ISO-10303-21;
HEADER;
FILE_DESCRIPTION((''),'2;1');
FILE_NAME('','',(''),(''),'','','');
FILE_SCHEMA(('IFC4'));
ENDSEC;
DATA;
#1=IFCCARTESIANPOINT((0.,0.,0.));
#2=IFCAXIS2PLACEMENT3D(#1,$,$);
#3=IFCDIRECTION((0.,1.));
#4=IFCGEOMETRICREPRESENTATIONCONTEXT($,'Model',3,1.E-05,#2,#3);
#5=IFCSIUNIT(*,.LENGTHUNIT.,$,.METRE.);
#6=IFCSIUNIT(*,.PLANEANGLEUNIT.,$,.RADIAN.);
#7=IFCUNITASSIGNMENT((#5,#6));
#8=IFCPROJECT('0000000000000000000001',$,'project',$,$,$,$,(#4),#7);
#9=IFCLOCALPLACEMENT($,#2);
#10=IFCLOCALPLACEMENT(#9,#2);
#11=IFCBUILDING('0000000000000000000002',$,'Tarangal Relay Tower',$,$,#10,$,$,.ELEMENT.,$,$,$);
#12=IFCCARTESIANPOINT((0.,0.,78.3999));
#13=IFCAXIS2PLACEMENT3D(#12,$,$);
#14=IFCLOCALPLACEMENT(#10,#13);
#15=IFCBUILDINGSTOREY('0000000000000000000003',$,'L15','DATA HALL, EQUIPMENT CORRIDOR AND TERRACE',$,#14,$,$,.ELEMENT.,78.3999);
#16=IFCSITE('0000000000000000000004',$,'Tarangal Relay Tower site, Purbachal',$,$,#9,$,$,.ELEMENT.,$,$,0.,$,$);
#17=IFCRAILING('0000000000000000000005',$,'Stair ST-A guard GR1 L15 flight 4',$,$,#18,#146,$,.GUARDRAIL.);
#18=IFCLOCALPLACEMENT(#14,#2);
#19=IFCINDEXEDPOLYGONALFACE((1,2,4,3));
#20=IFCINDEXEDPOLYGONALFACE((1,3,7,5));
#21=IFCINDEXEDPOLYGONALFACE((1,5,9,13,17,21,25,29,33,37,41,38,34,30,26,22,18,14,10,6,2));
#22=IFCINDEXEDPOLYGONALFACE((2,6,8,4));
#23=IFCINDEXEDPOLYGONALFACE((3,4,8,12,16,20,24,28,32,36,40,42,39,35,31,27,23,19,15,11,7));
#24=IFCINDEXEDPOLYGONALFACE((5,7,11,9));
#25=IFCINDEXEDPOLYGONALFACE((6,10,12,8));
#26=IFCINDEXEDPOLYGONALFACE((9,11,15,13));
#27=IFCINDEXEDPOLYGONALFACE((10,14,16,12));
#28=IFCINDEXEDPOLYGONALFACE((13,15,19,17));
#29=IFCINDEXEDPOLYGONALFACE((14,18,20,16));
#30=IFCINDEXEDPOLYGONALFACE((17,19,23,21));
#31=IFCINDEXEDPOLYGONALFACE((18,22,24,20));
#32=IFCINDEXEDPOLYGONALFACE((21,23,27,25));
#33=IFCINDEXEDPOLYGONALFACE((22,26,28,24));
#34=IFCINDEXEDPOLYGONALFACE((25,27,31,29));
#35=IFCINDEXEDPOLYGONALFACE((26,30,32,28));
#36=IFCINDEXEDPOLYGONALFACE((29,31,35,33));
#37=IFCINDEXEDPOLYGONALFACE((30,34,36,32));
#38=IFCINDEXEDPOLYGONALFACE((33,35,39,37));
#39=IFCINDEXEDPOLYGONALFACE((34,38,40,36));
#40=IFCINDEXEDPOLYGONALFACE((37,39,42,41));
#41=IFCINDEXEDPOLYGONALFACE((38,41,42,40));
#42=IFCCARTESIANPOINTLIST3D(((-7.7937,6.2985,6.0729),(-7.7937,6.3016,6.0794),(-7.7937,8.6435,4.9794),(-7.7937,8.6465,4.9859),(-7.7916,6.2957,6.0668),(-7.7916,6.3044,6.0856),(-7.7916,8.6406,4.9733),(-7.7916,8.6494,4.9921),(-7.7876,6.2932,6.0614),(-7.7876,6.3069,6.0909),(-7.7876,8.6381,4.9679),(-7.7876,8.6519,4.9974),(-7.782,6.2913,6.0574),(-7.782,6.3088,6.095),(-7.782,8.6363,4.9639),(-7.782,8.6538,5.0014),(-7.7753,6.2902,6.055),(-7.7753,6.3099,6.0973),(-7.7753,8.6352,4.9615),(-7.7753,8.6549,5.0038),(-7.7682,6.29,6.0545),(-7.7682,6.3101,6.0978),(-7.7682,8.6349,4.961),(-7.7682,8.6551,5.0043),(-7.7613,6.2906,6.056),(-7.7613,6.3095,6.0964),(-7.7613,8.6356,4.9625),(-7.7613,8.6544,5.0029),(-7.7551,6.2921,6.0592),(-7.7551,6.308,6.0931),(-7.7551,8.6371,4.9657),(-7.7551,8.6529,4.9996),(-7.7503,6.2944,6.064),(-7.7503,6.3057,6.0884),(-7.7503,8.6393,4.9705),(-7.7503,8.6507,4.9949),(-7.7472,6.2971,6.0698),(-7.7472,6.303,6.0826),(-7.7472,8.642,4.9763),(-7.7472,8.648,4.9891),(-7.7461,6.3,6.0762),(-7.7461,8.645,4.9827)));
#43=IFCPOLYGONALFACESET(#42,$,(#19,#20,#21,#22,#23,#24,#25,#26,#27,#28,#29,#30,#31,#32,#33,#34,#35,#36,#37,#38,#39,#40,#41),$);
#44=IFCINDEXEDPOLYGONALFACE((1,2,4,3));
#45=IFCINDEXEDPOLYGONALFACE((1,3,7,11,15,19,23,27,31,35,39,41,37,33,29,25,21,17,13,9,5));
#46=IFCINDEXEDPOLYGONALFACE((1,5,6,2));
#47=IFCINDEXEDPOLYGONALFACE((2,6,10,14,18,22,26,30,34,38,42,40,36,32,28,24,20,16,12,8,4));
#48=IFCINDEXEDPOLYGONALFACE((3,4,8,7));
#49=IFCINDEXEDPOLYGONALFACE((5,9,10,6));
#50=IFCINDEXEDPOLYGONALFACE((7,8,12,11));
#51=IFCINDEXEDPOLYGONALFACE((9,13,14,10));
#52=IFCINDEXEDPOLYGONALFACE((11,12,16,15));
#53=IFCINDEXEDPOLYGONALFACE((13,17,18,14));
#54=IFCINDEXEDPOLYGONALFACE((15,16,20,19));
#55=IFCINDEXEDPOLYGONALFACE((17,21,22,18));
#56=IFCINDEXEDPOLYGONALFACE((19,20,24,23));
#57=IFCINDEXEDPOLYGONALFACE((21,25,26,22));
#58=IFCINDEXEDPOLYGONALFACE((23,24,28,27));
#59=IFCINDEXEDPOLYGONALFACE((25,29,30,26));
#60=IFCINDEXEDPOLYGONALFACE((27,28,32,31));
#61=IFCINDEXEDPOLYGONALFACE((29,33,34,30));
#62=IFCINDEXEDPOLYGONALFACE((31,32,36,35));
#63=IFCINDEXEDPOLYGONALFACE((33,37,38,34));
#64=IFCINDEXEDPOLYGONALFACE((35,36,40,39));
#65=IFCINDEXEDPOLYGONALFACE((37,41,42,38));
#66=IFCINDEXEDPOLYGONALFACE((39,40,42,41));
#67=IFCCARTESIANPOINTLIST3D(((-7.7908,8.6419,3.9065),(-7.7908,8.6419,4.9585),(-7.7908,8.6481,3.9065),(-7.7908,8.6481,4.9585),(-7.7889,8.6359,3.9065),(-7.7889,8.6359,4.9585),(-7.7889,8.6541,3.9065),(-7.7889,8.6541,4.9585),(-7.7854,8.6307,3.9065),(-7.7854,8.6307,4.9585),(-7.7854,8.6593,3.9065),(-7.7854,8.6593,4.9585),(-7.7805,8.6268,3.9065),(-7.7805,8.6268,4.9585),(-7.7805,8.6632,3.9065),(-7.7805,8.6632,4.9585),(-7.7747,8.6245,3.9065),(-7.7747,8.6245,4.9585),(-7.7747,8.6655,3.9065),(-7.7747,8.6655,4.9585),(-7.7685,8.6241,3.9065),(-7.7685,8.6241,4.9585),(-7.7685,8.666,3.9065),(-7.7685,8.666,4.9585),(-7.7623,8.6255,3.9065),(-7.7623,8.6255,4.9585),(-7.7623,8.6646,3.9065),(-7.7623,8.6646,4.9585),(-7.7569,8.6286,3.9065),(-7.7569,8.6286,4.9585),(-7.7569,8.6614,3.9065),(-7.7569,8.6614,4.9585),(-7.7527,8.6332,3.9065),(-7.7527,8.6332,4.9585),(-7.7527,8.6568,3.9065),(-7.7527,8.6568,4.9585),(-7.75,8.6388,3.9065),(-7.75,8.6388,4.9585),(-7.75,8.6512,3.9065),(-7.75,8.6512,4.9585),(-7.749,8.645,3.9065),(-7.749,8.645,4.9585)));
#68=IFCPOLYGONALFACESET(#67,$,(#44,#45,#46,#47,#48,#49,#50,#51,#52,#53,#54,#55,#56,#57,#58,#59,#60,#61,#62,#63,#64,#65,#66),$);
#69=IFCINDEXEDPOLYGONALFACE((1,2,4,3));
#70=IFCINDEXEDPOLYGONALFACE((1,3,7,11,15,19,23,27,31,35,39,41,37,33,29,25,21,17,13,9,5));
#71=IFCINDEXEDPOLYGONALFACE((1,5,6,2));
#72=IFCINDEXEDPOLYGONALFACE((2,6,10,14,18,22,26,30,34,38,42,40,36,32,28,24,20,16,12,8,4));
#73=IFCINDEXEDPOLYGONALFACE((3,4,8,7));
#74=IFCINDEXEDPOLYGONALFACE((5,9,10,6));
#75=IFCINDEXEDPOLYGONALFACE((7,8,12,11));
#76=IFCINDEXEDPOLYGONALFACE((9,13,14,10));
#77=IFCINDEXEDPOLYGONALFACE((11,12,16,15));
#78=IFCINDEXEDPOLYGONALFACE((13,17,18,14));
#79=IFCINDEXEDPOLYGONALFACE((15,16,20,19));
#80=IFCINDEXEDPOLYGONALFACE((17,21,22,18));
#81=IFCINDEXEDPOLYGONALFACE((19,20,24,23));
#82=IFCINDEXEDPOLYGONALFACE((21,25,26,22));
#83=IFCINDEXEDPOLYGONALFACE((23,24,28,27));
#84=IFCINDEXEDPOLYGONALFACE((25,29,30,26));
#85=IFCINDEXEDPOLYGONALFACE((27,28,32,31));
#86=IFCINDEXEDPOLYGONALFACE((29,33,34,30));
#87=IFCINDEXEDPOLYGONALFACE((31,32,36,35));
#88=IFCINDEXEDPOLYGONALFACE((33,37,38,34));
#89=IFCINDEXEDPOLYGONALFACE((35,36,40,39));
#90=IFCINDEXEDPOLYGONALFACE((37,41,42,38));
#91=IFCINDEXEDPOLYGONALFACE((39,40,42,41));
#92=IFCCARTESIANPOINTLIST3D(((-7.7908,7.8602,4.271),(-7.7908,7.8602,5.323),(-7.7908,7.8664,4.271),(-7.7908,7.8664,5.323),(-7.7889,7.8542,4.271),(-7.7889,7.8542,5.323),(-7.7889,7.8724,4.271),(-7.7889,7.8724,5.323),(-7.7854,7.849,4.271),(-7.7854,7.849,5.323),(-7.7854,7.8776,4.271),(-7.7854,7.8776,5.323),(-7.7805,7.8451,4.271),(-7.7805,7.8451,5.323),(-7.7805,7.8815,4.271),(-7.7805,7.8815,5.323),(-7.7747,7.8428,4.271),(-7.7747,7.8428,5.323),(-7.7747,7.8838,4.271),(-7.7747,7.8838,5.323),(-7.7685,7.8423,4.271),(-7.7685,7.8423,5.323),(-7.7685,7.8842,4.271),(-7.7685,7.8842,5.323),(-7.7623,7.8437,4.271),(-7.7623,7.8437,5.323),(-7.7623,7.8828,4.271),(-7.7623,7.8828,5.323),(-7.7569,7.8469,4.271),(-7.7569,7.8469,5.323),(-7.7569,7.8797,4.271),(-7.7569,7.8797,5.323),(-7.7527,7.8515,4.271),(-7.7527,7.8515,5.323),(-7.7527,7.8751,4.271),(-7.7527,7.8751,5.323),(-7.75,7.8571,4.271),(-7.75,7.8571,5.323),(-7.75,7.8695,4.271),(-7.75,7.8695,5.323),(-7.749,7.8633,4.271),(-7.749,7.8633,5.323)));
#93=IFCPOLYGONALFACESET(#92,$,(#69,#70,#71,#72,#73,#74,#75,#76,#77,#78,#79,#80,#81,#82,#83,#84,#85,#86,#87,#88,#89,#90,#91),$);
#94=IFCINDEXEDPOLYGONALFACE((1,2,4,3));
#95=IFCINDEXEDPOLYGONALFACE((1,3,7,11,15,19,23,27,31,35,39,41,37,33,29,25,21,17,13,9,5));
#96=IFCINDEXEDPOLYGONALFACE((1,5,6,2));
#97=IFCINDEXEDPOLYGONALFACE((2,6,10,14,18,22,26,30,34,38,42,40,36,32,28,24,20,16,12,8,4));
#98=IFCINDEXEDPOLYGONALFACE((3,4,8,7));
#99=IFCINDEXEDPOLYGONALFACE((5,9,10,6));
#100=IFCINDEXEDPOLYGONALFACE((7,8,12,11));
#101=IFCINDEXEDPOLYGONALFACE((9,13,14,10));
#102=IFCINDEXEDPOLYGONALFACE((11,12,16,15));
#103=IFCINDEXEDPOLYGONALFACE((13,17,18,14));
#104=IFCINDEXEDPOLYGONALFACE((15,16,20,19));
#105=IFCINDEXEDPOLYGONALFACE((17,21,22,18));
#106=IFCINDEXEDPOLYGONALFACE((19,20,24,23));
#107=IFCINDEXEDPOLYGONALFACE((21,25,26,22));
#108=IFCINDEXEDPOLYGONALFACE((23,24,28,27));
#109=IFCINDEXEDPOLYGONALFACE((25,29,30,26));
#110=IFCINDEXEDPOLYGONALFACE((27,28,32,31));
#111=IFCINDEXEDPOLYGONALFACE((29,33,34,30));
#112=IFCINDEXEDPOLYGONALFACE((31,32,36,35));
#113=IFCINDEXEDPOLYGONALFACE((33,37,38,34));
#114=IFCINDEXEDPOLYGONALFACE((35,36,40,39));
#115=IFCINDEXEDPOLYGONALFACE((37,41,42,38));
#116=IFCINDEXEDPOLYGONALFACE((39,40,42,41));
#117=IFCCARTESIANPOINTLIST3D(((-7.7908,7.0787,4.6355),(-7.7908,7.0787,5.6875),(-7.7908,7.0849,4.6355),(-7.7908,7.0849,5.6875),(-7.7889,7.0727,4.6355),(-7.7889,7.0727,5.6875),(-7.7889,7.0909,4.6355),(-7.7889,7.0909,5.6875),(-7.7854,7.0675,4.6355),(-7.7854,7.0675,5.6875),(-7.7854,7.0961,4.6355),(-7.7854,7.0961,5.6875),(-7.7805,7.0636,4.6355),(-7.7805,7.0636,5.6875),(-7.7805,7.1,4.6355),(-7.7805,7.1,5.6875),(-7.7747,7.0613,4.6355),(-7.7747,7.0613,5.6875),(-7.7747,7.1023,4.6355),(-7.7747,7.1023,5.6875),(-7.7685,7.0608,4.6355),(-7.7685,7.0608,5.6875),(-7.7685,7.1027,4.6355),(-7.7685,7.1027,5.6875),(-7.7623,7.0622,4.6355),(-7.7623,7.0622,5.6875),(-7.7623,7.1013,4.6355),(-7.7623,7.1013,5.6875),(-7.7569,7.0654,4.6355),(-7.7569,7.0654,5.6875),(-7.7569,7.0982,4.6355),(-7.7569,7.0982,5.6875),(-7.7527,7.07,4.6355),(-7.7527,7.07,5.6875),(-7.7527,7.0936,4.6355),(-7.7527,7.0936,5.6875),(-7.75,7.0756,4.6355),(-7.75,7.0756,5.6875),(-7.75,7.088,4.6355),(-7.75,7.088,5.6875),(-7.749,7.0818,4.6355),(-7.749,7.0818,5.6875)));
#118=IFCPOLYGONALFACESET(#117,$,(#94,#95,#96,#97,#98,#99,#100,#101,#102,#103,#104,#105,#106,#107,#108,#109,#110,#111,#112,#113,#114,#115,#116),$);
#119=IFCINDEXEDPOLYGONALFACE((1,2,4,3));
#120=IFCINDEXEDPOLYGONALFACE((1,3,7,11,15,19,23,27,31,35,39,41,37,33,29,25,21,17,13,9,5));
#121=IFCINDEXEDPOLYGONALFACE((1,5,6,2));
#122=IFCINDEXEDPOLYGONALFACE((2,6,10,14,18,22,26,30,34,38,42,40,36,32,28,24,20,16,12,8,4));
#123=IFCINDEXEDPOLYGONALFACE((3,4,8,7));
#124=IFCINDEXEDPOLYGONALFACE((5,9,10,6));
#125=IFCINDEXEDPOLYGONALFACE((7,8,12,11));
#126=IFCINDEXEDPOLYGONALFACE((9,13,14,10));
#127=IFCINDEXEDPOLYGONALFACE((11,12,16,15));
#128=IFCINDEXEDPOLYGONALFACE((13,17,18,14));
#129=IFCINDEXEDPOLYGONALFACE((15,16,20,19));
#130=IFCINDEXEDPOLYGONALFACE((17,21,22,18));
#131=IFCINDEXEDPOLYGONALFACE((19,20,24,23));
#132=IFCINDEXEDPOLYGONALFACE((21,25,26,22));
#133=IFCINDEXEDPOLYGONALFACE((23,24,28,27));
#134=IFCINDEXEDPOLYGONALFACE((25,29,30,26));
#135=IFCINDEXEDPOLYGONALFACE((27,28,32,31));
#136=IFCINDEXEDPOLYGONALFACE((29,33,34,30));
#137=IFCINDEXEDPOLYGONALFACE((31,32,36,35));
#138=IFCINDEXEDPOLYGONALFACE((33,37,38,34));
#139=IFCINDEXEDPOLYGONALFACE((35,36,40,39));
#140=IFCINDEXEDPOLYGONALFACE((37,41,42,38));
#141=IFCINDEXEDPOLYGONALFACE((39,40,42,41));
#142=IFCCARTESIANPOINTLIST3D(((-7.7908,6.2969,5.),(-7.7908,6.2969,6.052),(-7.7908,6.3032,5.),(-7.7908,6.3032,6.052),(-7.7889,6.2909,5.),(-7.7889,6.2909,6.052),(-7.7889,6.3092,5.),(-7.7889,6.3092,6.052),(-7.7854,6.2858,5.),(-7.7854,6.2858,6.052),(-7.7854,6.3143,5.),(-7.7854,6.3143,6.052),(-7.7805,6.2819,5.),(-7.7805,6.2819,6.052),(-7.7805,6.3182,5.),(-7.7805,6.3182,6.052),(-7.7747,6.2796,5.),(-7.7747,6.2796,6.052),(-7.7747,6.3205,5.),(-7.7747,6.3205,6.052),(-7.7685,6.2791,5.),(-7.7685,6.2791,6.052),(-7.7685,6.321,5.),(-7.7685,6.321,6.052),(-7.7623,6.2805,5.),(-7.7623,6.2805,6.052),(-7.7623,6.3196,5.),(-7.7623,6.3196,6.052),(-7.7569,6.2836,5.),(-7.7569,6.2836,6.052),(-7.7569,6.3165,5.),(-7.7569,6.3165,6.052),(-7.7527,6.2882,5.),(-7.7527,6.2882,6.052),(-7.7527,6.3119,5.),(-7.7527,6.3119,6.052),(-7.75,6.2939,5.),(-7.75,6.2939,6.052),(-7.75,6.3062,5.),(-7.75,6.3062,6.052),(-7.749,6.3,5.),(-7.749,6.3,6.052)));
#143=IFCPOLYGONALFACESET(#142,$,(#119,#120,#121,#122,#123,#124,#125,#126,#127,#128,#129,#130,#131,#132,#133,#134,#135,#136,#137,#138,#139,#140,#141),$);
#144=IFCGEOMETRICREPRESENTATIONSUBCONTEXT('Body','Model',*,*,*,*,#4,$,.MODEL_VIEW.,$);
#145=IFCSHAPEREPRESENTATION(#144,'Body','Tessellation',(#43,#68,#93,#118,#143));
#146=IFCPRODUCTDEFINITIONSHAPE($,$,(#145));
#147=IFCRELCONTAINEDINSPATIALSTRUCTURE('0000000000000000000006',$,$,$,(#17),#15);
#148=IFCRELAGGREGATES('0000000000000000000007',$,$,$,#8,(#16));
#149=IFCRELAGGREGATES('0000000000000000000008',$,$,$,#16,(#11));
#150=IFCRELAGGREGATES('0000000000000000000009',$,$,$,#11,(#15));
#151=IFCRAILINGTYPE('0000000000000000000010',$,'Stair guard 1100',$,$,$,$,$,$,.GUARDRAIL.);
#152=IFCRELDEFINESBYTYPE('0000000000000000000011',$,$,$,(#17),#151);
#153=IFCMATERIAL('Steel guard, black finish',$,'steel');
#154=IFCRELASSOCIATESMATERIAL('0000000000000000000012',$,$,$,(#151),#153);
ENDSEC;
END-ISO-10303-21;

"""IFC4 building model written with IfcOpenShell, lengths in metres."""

from ifc_helpers import new_model, si_unit, direction, frame, origin, origin_2d, place, context, subcontext, project, spatial, circle, extrude, material, type_object, element, save


model = new_model("IFC4")

# Units and contexts
model_context = context("Model", 3, precision=1e-05, world=origin(), true_north=direction((0.0, 1.0)))
body_context = subcontext(model_context, "Body", "Model", "MODEL_VIEW")
ifc_project = project(units=[si_unit("LENGTHUNIT", "METRE"), si_unit("PLANEANGLEUNIT", "RADIAN")], contexts=[model_context])

# Site, building, storey
site_placement = place(None, origin())
site = spatial("IfcSite", under=ifc_project, at=site_placement, Name="Tarangal Relay Tower site, Purbachal", CompositionType="ELEMENT", RefElevation=0.0)
building_placement = place(site_placement, origin())
building = spatial("IfcBuilding", under=site, at=building_placement, Name="Tarangal Relay Tower", CompositionType="ELEMENT")
storey_placement = place(building_placement, frame((0.0, 0.0, 78.3999)))
storey = spatial("IfcBuildingStorey", under=building, at=storey_placement, Name="L15", Description="DATA HALL, EQUIPMENT CORRIDOR AND TERRACE", CompositionType="ELEMENT", Elevation=78.3999)

# Railing
ifc_material_1 = material(Name="Steel guard, black finish", Category="steel")
railing_type_1 = type_object("IfcRailingType", Name="Stair guard 1100", PredefinedType="GUARDRAIL", material=ifc_material_1)
for number, where, name in (
    (1, (-7.77, 8.645, 3.9065), "Stair ST-A guard GR1 L15 flight 4"),
):
    element("IfcRailing", number, at=place(storey_placement, frame(where)), inside=storey, type_object=railing_type_1, Name=name, PredefinedType="GUARDRAIL", context=body_context, shape_type="SweptSolid", body=[
        extrude(circle(Radius=0.0239, at=origin_2d()), frame((0.0, 0.0, 1.0762), z_axis=(0.0, -0.906304, 0.422627), x_axis=(1.0, 0.0, 0.0)), (0.0, 0.0, 1.0), 2.5874),
        extrude(circle(Radius=0.021, at=origin_2d()), origin(), (0.0, 0.0, 1.0), 1.052),
        extrude(circle(Radius=0.021, at=origin_2d()), frame((0.0, -0.7817, 0.3645)), (0.0, 0.0, 1.0), 1.052),
        extrude(circle(Radius=0.021, at=origin_2d()), frame((0.0, -1.5632, 0.729)), (0.0, 0.0, 1.0), 1.052),
        extrude(circle(Radius=0.021, at=origin_2d()), frame((0.0, -2.345, 1.0935)), (0.0, 0.0, 1.0), 1.052),
    ])

save(model, "model.ifc")
